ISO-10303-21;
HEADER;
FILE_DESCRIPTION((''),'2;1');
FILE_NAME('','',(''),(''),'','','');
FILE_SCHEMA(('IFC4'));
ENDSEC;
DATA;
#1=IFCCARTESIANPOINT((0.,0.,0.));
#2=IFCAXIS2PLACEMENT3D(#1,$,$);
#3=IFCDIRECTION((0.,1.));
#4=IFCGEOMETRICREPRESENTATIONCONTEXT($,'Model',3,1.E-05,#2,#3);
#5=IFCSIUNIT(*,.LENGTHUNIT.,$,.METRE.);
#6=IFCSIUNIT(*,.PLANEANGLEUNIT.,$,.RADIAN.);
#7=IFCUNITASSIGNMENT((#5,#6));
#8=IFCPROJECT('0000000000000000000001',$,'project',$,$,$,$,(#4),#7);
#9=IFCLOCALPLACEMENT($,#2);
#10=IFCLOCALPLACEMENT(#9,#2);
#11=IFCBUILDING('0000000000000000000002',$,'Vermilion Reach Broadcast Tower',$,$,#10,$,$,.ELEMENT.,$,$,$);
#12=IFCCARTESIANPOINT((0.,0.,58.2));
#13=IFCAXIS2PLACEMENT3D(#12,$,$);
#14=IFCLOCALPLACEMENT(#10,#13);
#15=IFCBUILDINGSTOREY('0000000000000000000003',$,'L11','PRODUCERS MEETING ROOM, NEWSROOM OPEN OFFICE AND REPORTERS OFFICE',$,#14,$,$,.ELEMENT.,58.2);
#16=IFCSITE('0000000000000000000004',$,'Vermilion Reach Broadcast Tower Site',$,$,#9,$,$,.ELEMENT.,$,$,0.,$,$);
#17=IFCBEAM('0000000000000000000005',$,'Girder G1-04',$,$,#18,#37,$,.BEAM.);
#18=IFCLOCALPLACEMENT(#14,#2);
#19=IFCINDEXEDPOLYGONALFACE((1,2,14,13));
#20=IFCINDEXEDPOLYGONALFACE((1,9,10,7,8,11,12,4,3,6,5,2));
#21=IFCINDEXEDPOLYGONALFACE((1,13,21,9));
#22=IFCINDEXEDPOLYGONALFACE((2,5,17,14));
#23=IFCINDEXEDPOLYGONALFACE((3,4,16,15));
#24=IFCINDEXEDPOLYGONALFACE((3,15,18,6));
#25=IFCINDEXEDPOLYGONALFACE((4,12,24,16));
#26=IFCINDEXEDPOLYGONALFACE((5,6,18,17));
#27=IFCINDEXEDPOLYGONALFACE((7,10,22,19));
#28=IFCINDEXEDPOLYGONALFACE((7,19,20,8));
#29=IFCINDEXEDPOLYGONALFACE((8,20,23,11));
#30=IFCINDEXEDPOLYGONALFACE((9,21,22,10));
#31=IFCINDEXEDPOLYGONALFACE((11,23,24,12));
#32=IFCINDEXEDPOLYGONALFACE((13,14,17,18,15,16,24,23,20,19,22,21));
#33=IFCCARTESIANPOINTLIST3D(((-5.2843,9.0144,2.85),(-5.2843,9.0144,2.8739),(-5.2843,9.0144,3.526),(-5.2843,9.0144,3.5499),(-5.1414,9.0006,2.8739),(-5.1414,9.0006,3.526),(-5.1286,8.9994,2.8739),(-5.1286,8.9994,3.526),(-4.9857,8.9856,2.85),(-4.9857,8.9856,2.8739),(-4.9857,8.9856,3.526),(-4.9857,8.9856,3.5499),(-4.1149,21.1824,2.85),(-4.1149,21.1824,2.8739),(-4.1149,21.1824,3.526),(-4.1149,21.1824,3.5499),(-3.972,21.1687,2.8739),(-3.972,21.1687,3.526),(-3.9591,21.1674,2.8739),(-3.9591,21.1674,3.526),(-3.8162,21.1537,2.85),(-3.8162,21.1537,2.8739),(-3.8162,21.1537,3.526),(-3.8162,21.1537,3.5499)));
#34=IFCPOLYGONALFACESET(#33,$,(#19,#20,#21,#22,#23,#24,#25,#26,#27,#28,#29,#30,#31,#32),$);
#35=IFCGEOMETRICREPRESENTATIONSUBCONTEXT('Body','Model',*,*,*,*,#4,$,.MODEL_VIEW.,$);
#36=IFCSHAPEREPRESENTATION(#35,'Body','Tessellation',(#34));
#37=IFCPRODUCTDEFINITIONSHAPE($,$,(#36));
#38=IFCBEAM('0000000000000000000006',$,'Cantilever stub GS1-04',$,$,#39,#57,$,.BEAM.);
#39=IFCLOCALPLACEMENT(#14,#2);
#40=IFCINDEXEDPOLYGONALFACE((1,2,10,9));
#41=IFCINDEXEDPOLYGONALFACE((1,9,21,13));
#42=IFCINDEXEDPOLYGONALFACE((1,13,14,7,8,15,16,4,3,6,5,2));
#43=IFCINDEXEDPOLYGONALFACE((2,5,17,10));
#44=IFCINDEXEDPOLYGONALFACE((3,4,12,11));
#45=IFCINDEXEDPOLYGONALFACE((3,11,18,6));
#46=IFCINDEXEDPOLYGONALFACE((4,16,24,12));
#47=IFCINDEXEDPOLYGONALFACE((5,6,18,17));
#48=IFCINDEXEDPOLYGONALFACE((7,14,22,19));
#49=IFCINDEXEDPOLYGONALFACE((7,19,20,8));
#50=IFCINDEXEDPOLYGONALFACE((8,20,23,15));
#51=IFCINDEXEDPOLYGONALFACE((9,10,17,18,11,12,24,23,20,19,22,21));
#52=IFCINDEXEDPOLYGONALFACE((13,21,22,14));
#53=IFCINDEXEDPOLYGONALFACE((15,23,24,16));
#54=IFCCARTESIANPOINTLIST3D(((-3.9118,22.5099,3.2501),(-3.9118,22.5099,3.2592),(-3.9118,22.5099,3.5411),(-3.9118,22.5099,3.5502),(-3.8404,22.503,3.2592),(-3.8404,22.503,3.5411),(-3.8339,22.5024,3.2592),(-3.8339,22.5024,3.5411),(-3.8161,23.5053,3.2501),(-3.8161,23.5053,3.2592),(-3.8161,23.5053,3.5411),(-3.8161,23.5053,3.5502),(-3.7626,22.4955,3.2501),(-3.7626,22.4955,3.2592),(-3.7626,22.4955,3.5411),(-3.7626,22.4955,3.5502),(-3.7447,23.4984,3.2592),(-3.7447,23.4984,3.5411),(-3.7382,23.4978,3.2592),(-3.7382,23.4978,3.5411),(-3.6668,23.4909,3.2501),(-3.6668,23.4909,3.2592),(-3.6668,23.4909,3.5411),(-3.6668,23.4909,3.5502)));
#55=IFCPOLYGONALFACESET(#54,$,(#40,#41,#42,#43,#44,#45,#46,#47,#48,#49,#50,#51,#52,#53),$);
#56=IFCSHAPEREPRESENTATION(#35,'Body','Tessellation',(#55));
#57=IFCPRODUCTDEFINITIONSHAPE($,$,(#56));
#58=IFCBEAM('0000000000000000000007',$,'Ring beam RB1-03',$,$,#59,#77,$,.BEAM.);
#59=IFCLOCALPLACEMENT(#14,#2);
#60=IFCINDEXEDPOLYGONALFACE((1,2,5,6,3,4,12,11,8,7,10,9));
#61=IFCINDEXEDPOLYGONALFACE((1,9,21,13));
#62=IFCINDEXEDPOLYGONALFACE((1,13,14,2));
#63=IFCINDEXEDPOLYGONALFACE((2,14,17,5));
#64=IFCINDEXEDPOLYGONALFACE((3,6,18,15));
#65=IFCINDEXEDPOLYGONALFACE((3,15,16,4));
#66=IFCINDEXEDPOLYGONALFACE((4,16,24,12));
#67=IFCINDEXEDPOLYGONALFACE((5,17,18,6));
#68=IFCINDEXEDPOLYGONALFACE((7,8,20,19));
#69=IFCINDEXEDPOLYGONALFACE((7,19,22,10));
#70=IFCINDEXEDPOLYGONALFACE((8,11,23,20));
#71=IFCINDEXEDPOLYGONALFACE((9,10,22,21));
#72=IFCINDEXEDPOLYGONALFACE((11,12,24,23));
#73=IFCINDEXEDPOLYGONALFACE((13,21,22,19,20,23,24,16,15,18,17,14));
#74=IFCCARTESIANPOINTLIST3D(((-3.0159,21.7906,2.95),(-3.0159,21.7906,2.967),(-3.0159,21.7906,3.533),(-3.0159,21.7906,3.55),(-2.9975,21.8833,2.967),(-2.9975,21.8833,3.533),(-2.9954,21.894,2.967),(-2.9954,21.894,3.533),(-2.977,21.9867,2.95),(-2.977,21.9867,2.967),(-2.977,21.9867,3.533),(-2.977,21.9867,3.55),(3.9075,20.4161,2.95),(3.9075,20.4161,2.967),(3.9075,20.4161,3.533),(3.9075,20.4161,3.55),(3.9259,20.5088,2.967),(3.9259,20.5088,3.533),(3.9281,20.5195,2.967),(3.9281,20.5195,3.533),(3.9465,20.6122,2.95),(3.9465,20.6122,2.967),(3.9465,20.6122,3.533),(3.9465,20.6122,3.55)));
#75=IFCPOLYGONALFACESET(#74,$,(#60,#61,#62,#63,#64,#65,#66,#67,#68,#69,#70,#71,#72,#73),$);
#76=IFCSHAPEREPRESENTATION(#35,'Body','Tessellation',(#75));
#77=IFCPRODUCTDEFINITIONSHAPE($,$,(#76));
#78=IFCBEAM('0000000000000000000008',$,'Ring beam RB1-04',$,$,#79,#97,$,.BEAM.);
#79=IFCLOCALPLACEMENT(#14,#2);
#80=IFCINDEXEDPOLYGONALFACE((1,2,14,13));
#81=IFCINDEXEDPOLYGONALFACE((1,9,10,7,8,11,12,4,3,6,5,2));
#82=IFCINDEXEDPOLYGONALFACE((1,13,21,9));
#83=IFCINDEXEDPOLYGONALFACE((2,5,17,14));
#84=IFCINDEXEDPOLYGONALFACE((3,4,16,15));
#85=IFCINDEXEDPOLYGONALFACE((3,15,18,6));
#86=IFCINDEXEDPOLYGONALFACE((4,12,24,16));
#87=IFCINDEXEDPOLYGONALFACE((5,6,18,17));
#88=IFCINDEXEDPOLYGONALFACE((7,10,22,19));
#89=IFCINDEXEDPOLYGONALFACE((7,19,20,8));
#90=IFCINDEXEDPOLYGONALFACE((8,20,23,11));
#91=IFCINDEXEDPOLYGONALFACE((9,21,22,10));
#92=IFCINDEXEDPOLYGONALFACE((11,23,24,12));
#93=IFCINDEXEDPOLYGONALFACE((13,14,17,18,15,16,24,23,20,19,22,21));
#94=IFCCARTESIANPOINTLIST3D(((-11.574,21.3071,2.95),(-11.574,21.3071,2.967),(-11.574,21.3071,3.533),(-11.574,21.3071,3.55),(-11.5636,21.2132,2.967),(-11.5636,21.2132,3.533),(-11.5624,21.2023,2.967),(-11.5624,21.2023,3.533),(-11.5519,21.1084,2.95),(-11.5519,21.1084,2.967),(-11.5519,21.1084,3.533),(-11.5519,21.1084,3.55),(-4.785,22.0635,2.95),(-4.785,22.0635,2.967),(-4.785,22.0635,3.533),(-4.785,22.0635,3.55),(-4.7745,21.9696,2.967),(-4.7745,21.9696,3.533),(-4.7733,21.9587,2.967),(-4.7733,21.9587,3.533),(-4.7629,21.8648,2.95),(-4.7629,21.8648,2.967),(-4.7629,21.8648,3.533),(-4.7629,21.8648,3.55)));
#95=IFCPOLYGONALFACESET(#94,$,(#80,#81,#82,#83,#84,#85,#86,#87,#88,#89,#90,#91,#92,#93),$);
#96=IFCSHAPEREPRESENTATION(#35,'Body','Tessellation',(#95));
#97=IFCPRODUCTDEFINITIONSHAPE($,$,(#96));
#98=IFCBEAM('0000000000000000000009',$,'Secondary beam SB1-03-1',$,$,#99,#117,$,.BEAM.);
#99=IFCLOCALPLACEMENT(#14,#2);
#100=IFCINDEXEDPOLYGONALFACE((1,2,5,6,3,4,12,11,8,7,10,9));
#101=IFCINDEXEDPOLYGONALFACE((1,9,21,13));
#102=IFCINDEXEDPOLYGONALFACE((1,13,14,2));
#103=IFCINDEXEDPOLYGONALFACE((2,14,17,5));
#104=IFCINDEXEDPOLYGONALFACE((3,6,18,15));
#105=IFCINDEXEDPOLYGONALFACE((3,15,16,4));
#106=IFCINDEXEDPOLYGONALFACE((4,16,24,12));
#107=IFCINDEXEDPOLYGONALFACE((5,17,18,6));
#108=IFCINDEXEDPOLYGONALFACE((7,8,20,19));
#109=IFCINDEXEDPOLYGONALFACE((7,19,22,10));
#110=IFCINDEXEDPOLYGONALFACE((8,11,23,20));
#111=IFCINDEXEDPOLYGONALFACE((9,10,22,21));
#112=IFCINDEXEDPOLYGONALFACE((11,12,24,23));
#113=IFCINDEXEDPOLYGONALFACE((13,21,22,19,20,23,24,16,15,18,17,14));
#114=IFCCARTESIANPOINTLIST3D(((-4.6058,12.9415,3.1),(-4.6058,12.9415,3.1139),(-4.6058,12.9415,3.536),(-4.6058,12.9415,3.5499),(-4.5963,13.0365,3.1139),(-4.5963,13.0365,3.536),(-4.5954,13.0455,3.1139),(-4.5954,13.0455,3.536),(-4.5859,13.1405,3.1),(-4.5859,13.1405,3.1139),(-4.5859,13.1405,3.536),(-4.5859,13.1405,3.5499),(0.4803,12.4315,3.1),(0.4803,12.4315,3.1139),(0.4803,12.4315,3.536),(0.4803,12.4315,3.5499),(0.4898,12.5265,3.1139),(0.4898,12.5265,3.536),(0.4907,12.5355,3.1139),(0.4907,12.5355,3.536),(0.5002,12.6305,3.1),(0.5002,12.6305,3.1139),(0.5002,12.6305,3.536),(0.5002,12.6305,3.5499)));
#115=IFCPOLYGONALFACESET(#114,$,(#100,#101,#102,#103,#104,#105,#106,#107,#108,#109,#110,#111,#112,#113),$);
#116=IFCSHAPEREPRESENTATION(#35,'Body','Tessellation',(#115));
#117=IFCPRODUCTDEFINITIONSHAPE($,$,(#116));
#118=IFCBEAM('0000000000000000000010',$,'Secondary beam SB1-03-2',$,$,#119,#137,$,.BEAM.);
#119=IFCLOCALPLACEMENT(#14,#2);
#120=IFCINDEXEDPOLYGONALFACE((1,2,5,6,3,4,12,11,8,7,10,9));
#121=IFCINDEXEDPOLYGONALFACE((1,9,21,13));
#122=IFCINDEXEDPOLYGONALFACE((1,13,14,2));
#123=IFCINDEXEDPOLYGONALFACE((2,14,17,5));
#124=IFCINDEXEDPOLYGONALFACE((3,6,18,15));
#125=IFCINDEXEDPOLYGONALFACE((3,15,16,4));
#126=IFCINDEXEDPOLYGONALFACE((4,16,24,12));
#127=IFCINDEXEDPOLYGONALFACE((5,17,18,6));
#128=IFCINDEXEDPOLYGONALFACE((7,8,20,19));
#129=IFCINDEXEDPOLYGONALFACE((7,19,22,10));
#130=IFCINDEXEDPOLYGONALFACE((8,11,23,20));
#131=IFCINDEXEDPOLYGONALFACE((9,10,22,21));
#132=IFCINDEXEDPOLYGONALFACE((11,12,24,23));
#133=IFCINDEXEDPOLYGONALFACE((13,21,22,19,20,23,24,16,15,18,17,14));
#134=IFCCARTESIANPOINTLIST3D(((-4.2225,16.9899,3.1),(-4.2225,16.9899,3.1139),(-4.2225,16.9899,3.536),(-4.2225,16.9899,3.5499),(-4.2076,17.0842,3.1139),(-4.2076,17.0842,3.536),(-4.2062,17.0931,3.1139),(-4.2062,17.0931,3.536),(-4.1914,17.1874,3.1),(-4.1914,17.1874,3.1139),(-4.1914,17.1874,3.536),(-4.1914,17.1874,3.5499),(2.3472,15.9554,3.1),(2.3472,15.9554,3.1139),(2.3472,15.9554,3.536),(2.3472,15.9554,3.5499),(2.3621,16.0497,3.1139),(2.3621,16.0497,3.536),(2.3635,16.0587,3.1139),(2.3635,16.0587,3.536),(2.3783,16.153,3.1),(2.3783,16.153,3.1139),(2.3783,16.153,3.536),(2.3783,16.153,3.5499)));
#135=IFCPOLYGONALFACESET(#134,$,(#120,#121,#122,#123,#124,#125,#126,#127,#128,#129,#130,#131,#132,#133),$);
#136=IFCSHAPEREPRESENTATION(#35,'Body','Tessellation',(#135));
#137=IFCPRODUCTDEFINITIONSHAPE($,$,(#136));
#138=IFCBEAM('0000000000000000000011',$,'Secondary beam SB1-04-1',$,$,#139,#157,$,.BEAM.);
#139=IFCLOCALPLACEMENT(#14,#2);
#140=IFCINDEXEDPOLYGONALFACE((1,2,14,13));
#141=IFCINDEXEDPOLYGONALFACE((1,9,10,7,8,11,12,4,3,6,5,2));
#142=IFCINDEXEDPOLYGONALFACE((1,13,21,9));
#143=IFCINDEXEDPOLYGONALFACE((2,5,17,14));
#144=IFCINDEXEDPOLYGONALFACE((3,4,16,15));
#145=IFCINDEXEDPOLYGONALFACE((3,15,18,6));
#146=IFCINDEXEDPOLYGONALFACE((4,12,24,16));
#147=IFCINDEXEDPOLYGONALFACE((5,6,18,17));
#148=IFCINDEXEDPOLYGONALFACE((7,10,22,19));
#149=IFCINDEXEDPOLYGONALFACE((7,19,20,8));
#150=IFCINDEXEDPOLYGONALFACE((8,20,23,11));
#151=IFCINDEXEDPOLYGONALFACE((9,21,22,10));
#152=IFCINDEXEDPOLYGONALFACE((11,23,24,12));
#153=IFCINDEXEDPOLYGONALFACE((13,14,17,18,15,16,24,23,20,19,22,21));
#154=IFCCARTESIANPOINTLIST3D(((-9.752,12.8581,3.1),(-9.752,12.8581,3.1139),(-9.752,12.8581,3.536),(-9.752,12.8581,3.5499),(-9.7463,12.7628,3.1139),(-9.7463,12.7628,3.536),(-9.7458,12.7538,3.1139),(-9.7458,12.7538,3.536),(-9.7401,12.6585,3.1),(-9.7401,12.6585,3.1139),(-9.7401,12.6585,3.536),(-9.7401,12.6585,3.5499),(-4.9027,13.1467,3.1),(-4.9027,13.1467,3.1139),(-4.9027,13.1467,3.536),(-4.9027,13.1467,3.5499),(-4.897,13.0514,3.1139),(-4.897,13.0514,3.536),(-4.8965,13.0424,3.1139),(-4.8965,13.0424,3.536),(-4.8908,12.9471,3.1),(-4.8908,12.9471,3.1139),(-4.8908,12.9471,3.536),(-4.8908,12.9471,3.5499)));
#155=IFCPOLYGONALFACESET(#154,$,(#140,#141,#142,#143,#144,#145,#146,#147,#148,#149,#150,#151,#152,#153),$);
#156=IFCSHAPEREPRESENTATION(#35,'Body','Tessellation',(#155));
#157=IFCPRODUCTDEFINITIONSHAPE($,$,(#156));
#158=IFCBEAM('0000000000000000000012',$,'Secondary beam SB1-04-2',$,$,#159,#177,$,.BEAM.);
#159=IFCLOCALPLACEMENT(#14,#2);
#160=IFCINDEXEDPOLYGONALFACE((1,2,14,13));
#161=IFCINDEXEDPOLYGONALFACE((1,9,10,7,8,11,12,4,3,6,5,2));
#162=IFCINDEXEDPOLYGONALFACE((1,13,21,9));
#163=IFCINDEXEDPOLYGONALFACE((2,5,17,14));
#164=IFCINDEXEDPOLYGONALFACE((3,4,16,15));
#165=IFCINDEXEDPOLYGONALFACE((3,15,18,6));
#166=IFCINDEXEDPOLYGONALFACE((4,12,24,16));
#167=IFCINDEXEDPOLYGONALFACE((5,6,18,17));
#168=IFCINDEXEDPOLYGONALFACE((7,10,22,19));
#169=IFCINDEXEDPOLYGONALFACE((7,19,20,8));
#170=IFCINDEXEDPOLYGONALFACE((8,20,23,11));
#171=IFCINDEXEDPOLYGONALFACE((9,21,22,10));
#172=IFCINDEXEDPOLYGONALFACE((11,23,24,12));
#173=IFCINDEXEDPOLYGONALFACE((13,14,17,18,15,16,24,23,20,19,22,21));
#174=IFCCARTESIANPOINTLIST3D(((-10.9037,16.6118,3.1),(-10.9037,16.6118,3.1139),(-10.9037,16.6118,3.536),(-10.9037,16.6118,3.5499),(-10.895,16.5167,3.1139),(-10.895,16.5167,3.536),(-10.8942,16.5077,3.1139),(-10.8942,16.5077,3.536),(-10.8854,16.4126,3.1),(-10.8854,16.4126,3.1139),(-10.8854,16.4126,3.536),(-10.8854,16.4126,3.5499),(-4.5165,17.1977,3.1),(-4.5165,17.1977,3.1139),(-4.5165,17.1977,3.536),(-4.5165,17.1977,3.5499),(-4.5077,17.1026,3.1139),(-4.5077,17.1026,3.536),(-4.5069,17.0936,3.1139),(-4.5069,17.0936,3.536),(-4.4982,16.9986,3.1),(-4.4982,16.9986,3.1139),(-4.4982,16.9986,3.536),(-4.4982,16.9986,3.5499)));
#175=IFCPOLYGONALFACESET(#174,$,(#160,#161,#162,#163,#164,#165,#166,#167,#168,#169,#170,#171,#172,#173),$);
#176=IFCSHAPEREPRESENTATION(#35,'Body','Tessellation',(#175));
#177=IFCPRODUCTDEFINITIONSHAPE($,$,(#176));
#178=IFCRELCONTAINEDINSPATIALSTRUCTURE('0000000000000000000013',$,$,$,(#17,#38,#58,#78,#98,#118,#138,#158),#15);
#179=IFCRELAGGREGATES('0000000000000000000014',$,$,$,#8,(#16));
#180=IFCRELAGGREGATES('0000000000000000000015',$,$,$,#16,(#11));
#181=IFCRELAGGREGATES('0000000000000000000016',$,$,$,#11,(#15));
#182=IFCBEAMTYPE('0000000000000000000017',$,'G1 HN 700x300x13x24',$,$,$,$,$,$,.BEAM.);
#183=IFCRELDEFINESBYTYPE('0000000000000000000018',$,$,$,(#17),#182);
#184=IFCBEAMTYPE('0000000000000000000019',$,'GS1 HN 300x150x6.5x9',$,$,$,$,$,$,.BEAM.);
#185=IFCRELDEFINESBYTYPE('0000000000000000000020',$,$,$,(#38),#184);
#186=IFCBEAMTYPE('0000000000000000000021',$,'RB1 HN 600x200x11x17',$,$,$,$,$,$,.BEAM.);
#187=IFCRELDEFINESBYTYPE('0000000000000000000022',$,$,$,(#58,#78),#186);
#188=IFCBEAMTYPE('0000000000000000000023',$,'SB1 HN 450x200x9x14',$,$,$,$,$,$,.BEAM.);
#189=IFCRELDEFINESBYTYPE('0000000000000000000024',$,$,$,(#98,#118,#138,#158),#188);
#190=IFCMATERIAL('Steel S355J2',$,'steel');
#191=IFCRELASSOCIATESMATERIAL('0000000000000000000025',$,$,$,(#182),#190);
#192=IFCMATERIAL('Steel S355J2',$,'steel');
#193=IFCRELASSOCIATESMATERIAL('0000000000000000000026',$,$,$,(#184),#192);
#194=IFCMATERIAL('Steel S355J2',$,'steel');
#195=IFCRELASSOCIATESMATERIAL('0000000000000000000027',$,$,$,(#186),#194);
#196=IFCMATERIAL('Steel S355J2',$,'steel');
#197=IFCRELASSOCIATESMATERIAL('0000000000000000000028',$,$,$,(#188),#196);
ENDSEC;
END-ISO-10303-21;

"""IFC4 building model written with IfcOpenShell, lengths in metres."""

from ifc_helpers import new_model, si_unit, direction, frame, origin, origin_2d, place, context, subcontext, project, spatial, i_section, extrude, material, material_profile, profile_set, type_object, element, save


model = new_model("IFC4")

# Units and contexts
model_context = context("Model", 3, precision=1e-05, world=origin(), true_north=direction((0.0, 1.0)))
body_context = subcontext(model_context, "Body", "Model", "MODEL_VIEW")
ifc_project = project(units=[si_unit("LENGTHUNIT", "METRE"), si_unit("PLANEANGLEUNIT", "RADIAN")], contexts=[model_context])

# Site, building, storey
site_placement = place(None, origin())
site = spatial("IfcSite", under=ifc_project, at=site_placement, Name="Vermilion Reach Broadcast Tower Site", CompositionType="ELEMENT", RefElevation=0.0)
building_placement = place(site_placement, origin())
building = spatial("IfcBuilding", under=site, at=building_placement, Name="Vermilion Reach Broadcast Tower", CompositionType="ELEMENT")
storey_placement = place(building_placement, frame((0.0, 0.0, 58.2)))
storey = spatial("IfcBuildingStorey", under=building, at=storey_placement, Name="L11", Description="PRODUCERS MEETING ROOM, NEWSROOM OPEN OFFICE AND REPORTERS OFFICE", CompositionType="ELEMENT", Elevation=58.2)

# Beams
ifc_material_1 = material(Name="Steel S355J2", Category="steel")
ifc_material_profile_1 = material_profile(ifc_material_1, i_section(OverallWidth=0.3, OverallDepth=0.7, WebThickness=0.0129, FlangeThickness=0.0239, at=origin_2d()), Name="S355J2 HN 700x300x13x24")
ifc_profile_set_1 = profile_set([ifc_material_profile_1], Name="Steel S355J2")
beam_type_1 = type_object("IfcBeamType", Name="G1 HN 700x300x13x24", PredefinedType="BEAM", material=ifc_profile_set_1)
beam_1_placement = place(storey_placement, frame((-5.135, 9.0, 3.2), z_axis=(0.095667, 0.995413, 0.0), x_axis=(-0.995413, 0.095667, 0.0)))
element("IfcBeam", 1, at=beam_1_placement, inside=storey, type_object=beam_type_1, Name="Girder G1-04", PredefinedType="BEAM", context=body_context, shape_type="SweptSolid", body=[
    extrude(i_section(OverallWidth=0.3, OverallDepth=0.7, WebThickness=0.0129, FlangeThickness=0.0239, at=origin_2d()), origin(), (0.0, 0.0, 1.0), 12.2241),
])
ifc_material_2 = material(Name="Steel S355J2", Category="steel")
ifc_material_profile_2 = material_profile(ifc_material_2, i_section(OverallWidth=0.1499, OverallDepth=0.3, WebThickness=0.0066, FlangeThickness=0.009, at=origin_2d()), Name="S355J2 HN 300x150x6.5x9")
ifc_profile_set_2 = profile_set([ifc_material_profile_2], Name="Steel S355J2")
beam_type_2 = type_object("IfcBeamType", Name="GS1 HN 300x150x6.5x9", PredefinedType="BEAM", material=ifc_profile_set_2)
beam_2_placement = place(storey_placement, frame((-3.8372, 22.5027, 3.4001), z_axis=(0.095708, 0.995409, 0.0), x_axis=(-0.995409, 0.095708, 0.0)))
element("IfcBeam", 2, at=beam_2_placement, inside=storey, type_object=beam_type_2, Name="Cantilever stub GS1-04", PredefinedType="BEAM", context=body_context, shape_type="SweptSolid", body=[
    extrude(i_section(OverallWidth=0.1499, OverallDepth=0.3, WebThickness=0.0066, FlangeThickness=0.009, at=origin_2d()), origin(), (0.0, 0.0, 1.0), 1.0),
])
ifc_material_3 = material(Name="Steel S355J2", Category="steel")
ifc_material_profile_3 = material_profile(ifc_material_3, i_section(OverallWidth=0.2, OverallDepth=0.6001, WebThickness=0.011, FlangeThickness=0.0171, at=origin_2d()), Name="S355J2 HN 600x200x11x17")
ifc_profile_set_3 = profile_set([ifc_material_profile_3], Name="Steel S355J2")
beam_type_3 = type_object("IfcBeamType", Name="RB1 HN 600x200x11x17", PredefinedType="BEAM", material=ifc_profile_set_3)
beam_3_placement = place(storey_placement, frame((3.927, 20.5142, 3.25), z_axis=(-0.980858, 0.194726, 0.0), x_axis=(-0.194726, -0.980858, 0.0)))
element("IfcBeam", 3, at=beam_3_placement, inside=storey, type_object=beam_type_3, Name="Ring beam RB1-03", PredefinedType="BEAM", context=body_context, shape_type="SweptSolid", body=[
    extrude(i_section(OverallWidth=0.2, OverallDepth=0.6001, WebThickness=0.011, FlangeThickness=0.0171, at=origin_2d()), origin(), (0.0, 0.0, 1.0), 7.0586),
])
beam_4_placement = place(storey_placement, frame((-4.7739, 21.9641, 3.25), z_axis=(-0.993851, -0.110722, 0.0), x_axis=(0.110722, -0.993851, 0.0)))
element("IfcBeam", 4, at=beam_4_placement, inside=storey, type_object=beam_type_3, Name="Ring beam RB1-04", PredefinedType="BEAM", context=body_context, shape_type="SweptSolid", body=[
    extrude(i_section(OverallWidth=0.2, OverallDepth=0.6001, WebThickness=0.011, FlangeThickness=0.0171, at=origin_2d()), origin(), (0.0, 0.0, 1.0), 6.8311),
])
ifc_material_4 = material(Name="Steel S355J2", Category="steel")
ifc_material_profile_4 = material_profile(ifc_material_4, i_section(OverallWidth=0.2, OverallDepth=0.45, WebThickness=0.009, FlangeThickness=0.0139, at=origin_2d()), Name="S355J2 HN 450x200x9x14")
ifc_profile_set_4 = profile_set([ifc_material_profile_4], Name="Steel S355J2")
beam_type_4 = type_object("IfcBeamType", Name="SB1 HN 450x200x9x14", PredefinedType="BEAM", material=ifc_profile_set_4)
beam_5_placement = place(storey_placement, frame((0.4902, 12.531, 3.325), z_axis=(-0.99501, 0.099773, 0.0), x_axis=(-0.099773, -0.99501, 0.0)))
element("IfcBeam", 5, at=beam_5_placement, inside=storey, type_object=beam_type_4, Name="Secondary beam SB1-03-1", PredefinedType="BEAM", context=body_context, shape_type="SweptSolid", body=[
    extrude(i_section(OverallWidth=0.2, OverallDepth=0.45, WebThickness=0.009, FlangeThickness=0.0139, at=origin_2d()), origin(), (0.0, 0.0, 1.0), 5.1116),
])
beam_6_placement = place(storey_placement, frame((2.3628, 16.0542, 3.325), z_axis=(-0.98783, 0.15554, 0.0), x_axis=(-0.15554, -0.98783, 0.0)))
element("IfcBeam", 6, at=beam_6_placement, inside=storey, type_object=beam_type_4, Name="Secondary beam SB1-03-2", PredefinedType="BEAM", context=body_context, shape_type="SweptSolid", body=[
    extrude(i_section(OverallWidth=0.2, OverallDepth=0.45, WebThickness=0.009, FlangeThickness=0.0139, at=origin_2d()), origin(), (0.0, 0.0, 1.0), 6.6506),
])
beam_7_placement = place(storey_placement, frame((-4.8967, 13.0469, 3.325), z_axis=(-0.998234, -0.059403, 0.0), x_axis=(0.059403, -0.998234, 0.0)))
element("IfcBeam", 7, at=beam_7_placement, inside=storey, type_object=beam_type_4, Name="Secondary beam SB1-04-1", PredefinedType="BEAM", context=body_context, shape_type="SweptSolid", body=[
    extrude(i_section(OverallWidth=0.2, OverallDepth=0.45, WebThickness=0.009, FlangeThickness=0.0139, at=origin_2d()), origin(), (0.0, 0.0, 1.0), 4.8579),
])
beam_8_placement = place(storey_placement, frame((-4.5073, 17.0981, 3.325), z_axis=(-0.995819, -0.091353, 0.0), x_axis=(0.091353, -0.995819, 0.0)))
element("IfcBeam", 8, at=beam_8_placement, inside=storey, type_object=beam_type_4, Name="Secondary beam SB1-04-2", PredefinedType="BEAM", context=body_context, shape_type="SweptSolid", body=[
    extrude(i_section(OverallWidth=0.2, OverallDepth=0.45, WebThickness=0.009, FlangeThickness=0.0139, at=origin_2d()), origin(), (0.0, 0.0, 1.0), 6.4141),
])

save(model, "model.ifc")
